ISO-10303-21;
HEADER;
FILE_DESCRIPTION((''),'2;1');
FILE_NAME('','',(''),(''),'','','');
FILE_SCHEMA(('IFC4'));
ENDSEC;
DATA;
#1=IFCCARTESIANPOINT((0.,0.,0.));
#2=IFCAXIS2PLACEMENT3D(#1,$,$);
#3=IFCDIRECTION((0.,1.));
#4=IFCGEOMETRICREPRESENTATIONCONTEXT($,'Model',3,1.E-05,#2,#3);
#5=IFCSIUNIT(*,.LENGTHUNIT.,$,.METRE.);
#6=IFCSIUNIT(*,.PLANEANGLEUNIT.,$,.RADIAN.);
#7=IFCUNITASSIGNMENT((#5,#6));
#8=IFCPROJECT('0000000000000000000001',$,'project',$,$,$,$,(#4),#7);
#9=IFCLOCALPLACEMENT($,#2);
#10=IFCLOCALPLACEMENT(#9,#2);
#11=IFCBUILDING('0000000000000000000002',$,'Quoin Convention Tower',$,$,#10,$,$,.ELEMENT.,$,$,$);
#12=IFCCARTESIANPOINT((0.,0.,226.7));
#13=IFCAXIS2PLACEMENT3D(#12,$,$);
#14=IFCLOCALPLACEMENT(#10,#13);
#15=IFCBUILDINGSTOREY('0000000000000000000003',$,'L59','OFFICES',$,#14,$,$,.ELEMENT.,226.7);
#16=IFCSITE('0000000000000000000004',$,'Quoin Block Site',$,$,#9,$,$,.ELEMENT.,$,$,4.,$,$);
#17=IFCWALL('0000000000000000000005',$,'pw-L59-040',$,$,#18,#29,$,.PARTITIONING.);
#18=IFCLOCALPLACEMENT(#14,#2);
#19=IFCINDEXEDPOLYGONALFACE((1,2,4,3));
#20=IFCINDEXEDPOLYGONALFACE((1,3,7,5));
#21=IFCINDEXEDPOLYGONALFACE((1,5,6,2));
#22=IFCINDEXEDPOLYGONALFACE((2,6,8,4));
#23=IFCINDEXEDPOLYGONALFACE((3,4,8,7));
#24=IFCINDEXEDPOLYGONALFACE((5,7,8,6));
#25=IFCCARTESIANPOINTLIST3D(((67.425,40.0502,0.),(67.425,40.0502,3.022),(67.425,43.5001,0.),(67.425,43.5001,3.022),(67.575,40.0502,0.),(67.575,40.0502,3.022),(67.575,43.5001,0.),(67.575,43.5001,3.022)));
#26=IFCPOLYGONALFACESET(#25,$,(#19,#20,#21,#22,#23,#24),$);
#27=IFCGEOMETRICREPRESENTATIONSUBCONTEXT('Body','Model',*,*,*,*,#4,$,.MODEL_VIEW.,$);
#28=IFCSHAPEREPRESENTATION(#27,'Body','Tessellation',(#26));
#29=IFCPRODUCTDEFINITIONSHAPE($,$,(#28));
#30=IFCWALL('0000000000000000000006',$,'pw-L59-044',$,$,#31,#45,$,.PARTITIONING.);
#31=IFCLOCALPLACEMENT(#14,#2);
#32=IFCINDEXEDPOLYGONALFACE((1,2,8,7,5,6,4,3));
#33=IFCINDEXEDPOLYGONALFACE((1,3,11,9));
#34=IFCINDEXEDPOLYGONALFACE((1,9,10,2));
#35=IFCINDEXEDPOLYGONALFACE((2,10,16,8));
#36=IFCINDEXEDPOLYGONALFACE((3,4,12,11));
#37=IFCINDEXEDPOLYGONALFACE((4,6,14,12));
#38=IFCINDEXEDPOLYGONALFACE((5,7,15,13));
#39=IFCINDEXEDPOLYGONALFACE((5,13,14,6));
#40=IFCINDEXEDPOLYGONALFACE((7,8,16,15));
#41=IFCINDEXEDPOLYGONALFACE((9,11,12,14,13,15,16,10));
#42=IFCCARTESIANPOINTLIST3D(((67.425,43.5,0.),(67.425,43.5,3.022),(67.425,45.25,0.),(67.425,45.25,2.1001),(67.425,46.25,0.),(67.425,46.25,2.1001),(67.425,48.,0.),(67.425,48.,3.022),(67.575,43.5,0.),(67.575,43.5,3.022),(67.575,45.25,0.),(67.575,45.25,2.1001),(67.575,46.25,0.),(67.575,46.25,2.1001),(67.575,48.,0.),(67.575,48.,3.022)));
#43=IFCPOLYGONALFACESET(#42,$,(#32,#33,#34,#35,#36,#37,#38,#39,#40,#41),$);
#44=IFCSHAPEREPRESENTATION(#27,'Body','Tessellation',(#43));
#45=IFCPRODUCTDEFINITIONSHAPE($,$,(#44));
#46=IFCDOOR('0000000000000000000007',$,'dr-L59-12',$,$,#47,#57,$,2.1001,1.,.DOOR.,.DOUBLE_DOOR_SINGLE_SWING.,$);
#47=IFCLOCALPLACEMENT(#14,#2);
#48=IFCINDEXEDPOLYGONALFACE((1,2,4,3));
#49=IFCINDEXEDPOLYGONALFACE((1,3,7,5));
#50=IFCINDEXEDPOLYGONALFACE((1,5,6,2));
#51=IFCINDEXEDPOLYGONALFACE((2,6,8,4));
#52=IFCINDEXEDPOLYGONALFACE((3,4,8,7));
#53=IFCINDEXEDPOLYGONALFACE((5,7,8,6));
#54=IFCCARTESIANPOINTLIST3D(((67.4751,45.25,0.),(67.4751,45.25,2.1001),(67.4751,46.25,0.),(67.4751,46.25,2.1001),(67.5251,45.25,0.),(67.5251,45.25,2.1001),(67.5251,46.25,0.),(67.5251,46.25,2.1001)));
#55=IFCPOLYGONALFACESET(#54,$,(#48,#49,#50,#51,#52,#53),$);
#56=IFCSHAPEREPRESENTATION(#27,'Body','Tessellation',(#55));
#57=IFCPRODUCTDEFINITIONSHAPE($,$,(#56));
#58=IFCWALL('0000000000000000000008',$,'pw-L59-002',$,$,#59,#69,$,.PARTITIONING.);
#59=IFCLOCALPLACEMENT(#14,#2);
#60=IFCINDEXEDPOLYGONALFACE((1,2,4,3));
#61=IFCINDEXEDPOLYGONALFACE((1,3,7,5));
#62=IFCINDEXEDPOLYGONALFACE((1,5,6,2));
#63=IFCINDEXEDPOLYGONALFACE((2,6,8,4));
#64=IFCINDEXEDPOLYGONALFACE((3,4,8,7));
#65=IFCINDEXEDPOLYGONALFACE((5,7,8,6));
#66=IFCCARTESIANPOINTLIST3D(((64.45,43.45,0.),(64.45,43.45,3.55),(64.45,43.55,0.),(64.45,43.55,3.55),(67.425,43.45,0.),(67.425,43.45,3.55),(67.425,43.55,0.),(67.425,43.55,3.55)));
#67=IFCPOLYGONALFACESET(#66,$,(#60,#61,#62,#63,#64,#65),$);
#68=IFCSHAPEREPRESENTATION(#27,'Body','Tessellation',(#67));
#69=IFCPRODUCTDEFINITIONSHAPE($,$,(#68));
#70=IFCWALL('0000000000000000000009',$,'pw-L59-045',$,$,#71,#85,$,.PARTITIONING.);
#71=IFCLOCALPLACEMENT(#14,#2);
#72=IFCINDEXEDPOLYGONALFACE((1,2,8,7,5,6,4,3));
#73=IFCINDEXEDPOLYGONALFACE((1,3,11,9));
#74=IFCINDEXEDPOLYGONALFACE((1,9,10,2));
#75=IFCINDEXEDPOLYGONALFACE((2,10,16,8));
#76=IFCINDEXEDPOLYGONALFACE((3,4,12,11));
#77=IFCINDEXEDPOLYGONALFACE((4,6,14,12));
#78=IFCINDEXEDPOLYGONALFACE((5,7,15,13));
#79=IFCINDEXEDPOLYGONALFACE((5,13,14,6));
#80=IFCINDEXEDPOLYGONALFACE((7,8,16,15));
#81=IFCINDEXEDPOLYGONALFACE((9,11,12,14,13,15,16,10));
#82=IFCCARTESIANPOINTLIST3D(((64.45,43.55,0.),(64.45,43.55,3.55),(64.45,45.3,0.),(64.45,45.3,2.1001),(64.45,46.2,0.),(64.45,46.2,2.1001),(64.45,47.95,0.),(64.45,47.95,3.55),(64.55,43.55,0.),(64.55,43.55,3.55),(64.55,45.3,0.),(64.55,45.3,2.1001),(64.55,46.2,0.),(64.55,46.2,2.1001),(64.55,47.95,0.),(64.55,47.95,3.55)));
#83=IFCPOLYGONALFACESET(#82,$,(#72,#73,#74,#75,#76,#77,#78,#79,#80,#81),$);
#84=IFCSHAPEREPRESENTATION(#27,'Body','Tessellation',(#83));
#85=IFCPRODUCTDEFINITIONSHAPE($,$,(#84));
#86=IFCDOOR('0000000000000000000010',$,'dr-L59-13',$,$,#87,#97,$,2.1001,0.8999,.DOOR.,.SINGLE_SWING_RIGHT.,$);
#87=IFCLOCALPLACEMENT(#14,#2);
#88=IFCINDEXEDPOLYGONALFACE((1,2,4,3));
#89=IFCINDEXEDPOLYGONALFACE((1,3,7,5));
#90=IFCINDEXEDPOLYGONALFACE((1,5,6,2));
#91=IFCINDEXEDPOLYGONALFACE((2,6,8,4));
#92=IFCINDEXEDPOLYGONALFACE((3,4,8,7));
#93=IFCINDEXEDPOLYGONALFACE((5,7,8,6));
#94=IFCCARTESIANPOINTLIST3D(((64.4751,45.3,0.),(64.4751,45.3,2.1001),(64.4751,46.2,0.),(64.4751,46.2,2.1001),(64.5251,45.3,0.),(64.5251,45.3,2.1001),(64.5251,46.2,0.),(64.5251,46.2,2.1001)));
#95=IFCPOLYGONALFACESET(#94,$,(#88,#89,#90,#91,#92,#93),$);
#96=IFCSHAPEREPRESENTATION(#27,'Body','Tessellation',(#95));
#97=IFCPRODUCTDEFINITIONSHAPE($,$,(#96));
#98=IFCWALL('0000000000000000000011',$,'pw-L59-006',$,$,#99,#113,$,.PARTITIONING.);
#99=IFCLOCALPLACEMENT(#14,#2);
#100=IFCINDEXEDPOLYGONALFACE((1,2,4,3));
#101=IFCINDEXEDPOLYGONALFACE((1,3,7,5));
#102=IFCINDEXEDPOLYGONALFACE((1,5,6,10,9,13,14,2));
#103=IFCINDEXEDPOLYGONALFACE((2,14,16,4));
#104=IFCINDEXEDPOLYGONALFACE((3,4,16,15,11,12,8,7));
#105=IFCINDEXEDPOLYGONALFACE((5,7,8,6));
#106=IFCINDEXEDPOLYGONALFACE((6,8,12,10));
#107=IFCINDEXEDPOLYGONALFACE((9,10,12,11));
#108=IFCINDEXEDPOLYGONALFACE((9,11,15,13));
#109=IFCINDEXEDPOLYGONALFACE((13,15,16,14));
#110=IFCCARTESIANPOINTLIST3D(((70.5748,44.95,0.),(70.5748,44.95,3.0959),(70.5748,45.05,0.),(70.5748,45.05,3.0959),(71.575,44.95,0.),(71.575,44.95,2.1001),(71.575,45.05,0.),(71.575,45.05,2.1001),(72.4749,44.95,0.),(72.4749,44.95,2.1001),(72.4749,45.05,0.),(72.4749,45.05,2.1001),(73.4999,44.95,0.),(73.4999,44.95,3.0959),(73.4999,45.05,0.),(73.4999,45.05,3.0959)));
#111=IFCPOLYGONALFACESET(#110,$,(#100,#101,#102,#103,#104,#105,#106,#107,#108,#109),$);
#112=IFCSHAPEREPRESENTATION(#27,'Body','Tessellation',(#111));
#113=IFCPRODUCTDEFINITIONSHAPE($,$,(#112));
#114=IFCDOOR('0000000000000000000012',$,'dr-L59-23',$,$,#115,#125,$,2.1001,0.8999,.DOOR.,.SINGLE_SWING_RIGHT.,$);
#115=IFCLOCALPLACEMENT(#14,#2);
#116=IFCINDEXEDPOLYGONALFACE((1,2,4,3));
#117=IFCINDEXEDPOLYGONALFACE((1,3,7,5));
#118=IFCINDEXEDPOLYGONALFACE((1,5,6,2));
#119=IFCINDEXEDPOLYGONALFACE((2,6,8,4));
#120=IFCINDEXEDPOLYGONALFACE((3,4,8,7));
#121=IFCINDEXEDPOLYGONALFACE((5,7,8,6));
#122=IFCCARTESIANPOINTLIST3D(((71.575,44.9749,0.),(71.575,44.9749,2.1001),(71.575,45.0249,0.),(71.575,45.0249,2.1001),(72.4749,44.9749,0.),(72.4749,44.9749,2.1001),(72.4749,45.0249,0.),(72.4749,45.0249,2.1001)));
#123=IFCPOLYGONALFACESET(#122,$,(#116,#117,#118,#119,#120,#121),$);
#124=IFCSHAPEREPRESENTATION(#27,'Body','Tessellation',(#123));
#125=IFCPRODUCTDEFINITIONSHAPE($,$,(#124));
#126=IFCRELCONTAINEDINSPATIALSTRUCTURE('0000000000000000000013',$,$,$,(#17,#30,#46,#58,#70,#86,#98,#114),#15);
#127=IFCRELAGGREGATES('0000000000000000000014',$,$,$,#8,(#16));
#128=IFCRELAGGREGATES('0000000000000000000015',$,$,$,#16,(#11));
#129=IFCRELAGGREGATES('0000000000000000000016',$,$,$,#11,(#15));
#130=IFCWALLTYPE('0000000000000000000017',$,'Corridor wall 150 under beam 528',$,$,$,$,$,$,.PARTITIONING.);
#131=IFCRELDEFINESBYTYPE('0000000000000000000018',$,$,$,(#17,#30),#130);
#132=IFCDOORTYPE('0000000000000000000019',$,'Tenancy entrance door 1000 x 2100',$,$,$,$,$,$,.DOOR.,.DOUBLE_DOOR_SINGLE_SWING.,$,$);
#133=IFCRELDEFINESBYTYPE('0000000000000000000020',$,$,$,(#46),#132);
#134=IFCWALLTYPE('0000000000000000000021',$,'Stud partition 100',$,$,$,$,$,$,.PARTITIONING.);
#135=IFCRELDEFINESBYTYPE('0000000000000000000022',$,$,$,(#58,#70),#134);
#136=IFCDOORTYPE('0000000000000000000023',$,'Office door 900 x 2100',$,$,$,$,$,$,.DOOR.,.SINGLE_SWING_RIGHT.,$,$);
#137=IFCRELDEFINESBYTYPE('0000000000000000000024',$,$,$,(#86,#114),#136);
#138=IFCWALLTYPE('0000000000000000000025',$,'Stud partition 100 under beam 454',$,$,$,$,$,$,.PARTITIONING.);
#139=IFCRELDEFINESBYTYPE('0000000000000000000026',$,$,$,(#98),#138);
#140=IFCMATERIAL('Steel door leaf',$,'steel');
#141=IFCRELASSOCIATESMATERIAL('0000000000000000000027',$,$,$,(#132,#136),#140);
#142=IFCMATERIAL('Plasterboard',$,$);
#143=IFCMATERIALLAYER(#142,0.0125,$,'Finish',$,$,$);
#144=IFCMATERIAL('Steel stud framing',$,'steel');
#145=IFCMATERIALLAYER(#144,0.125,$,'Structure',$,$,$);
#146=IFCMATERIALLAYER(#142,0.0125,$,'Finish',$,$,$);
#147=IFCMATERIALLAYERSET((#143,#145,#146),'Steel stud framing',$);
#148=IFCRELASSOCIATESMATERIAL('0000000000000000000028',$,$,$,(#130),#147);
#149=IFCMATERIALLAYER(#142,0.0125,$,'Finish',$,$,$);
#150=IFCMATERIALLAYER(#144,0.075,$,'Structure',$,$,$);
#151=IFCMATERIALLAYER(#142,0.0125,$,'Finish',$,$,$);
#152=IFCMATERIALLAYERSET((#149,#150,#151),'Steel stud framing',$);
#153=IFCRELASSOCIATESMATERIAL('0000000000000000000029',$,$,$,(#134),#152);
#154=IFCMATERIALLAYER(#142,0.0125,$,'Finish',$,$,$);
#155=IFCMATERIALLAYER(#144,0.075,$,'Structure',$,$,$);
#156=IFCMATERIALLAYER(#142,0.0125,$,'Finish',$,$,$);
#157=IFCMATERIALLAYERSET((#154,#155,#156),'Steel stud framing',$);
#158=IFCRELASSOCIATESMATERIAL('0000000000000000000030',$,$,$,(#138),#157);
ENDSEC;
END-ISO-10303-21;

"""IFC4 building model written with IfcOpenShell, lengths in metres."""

from ifc_helpers import new_model, si_unit, direction, frame, frame_2d, origin, place, context, subcontext, project, spatial, rectangle, extrude, material, layer, layer_set, type_object, element, fill, save


model = new_model("IFC4")

# Units and contexts
model_context = context("Model", 3, precision=1e-05, world=origin(), true_north=direction((0.0, 1.0)))
body_context = subcontext(model_context, "Body", "Model", "MODEL_VIEW")
ifc_project = project(units=[si_unit("LENGTHUNIT", "METRE"), si_unit("PLANEANGLEUNIT", "RADIAN")], contexts=[model_context])

# Site, building, storey
site_placement = place(None, origin())
site = spatial("IfcSite", under=ifc_project, at=site_placement, Name="Quoin Block Site", CompositionType="ELEMENT", RefElevation=4.0)
building_placement = place(site_placement, origin())
building = spatial("IfcBuilding", under=site, at=building_placement, Name="Quoin Convention Tower", CompositionType="ELEMENT")
storey_placement = place(building_placement, frame((0.0, 0.0, 226.7)))
storey = spatial("IfcBuildingStorey", under=building, at=storey_placement, Name="L59", Description="OFFICES", CompositionType="ELEMENT", Elevation=226.7)

# Shared definitions
ifc_material_1 = material(Name="Plasterboard")
ifc_material_2 = material(Name="Steel stud framing", Category="steel")

# Shared definitions
ifc_material_3 = material(Name="Steel door leaf", Category="steel")
door_type_1 = type_object("IfcDoorType", Name="Tenancy entrance door 1000 x 2100", OperationType="DOUBLE_DOOR_SINGLE_SWING", PredefinedType="DOOR", material=ifc_material_3)

# Wall
ifc_layer_1 = layer(ifc_material_1, 0.0125, Name="Finish")
ifc_layer_2 = layer(ifc_material_2, 0.125, Name="Structure")
ifc_layer_3 = layer(ifc_material_1, 0.0125, Name="Finish")
ifc_layer_set_1 = layer_set([ifc_layer_1, ifc_layer_2, ifc_layer_3], Name="Steel stud framing")
wall_type_1 = type_object("IfcWallType", Name="Corridor wall 150 under beam 528", PredefinedType="PARTITIONING", material=ifc_layer_set_1)
wall_1_placement = place(storey_placement, frame((67.5, 40.05, 0.0), z_axis=(0.0, 0.0, 1.0), x_axis=(0.0, 1.0, 0.0)))
element("IfcWall", 1, at=wall_1_placement, inside=storey, type_object=wall_type_1, Name="pw-L59-040", PredefinedType="PARTITIONING", context=body_context, shape_type="SweptSolid", body=[
    extrude(rectangle(XDim=3.45, YDim=0.1499, at=frame_2d((1.7251, 0.0))), origin(), (0.0, 0.0, 1.0), 3.022),
])

# Wall, opening, door
wall_2_placement = place(storey_placement, frame((67.5, 43.5, 0.0), z_axis=(0.0, 0.0, 1.0), x_axis=(0.0, 1.0, 0.0)))
wall_2 = element("IfcWall", 2, at=wall_2_placement, inside=storey, type_object=wall_type_1, Name="pw-L59-044", PredefinedType="PARTITIONING", context=body_context, shape_type="SweptSolid", body=[
    extrude(rectangle(XDim=4.5, YDim=0.1499, at=frame_2d((2.25, 0.0))), origin(), (0.0, 0.0, 1.0), 3.022),
])
opening_1_placement = place(wall_2_placement, frame((1.75, 0.0, 0.0)))
opening_1 = element("IfcOpeningElement", 3, at=opening_1_placement, cuts=wall_2, PredefinedType="OPENING", context=body_context, shape_type="SweptSolid", body=[
    extrude(rectangle(XDim=1.0, YDim=2.1001, at=frame_2d((0.5, 1.05))), frame((0.0, 0.085, 0.0), z_axis=(0.0, -1.0, 0.0), x_axis=(1.0, 0.0, 0.0)), (0.0, 0.0, 1.0), 0.1699),
])
door_1_placement = place(opening_1_placement, origin())
door_1 = element("IfcDoor", 4, at=door_1_placement, inside=storey, type_object=door_type_1, Name="dr-L59-12", OperationType="DOUBLE_DOOR_SINGLE_SWING", OverallHeight=2.1001, OverallWidth=1.0, PredefinedType="DOOR", context=body_context, shape_type="SweptSolid", body=[
    extrude(rectangle(XDim=1.0, YDim=2.1001, at=frame_2d((0.5, 1.05))), frame((0.0, 0.0249, 0.0), z_axis=(0.0, -1.0, 0.0), x_axis=(1.0, 0.0, 0.0)), (0.0, 0.0, 1.0), 0.05),
])
fill(opening_1, door_1)

# Wall
ifc_layer_4 = layer(ifc_material_1, 0.0125, Name="Finish")
ifc_layer_5 = layer(ifc_material_2, 0.075, Name="Structure")
ifc_layer_6 = layer(ifc_material_1, 0.0125, Name="Finish")
ifc_layer_set_2 = layer_set([ifc_layer_4, ifc_layer_5, ifc_layer_6], Name="Steel stud framing")
wall_type_2 = type_object("IfcWallType", Name="Stud partition 100", PredefinedType="PARTITIONING", material=ifc_layer_set_2)
wall_3_placement = place(storey_placement, frame((64.45, 43.5, 0.0), z_axis=(0.0, 0.0, 1.0), x_axis=(1.0, 0.0, 0.0)))
element("IfcWall", 5, at=wall_3_placement, inside=storey, type_object=wall_type_2, Name="pw-L59-002", PredefinedType="PARTITIONING", context=body_context, shape_type="SweptSolid", body=[
    extrude(rectangle(XDim=2.9751, YDim=0.1001, at=frame_2d((1.4875, 0.0))), origin(), (0.0, 0.0, 1.0), 3.55),
])

# Walls, openings, doors
wall_4_placement = place(storey_placement, frame((64.5, 43.55, 0.0), z_axis=(0.0, 0.0, 1.0), x_axis=(0.0, 1.0, 0.0)))
wall_4 = element("IfcWall", 6, at=wall_4_placement, inside=storey, type_object=wall_type_2, Name="pw-L59-045", PredefinedType="PARTITIONING", context=body_context, shape_type="SweptSolid", body=[
    extrude(rectangle(XDim=4.3999, YDim=0.1001, at=frame_2d((2.2, 0.0))), origin(), (0.0, 0.0, 1.0), 3.55),
])
opening_2_placement = place(wall_4_placement, frame((1.75, 0.0, 0.0)))
opening_2 = element("IfcOpeningElement", 7, at=opening_2_placement, cuts=wall_4, PredefinedType="OPENING", context=body_context, shape_type="SweptSolid", body=[
    extrude(rectangle(XDim=0.8999, YDim=2.1001, at=frame_2d((0.45, 1.05))), frame((0.0, 0.0601, 0.0), z_axis=(0.0, -1.0, 0.0), x_axis=(1.0, 0.0, 0.0)), (0.0, 0.0, 1.0), 0.1201),
])
door_type_2 = type_object("IfcDoorType", Name="Office door 900 x 2100", OperationType="SINGLE_SWING_RIGHT", PredefinedType="DOOR", material=ifc_material_3)
door_2_placement = place(opening_2_placement, origin())
door_2 = element("IfcDoor", 8, at=door_2_placement, inside=storey, type_object=door_type_2, Name="dr-L59-13", OperationType="SINGLE_SWING_RIGHT", OverallHeight=2.1001, OverallWidth=0.8999, PredefinedType="DOOR", context=body_context, shape_type="SweptSolid", body=[
    extrude(rectangle(XDim=0.8999, YDim=2.1001, at=frame_2d((0.45, 1.05))), frame((0.0, 0.0249, 0.0), z_axis=(0.0, -1.0, 0.0), x_axis=(1.0, 0.0, 0.0)), (0.0, 0.0, 1.0), 0.05),
])
fill(opening_2, door_2)
ifc_layer_7 = layer(ifc_material_1, 0.0125, Name="Finish")
ifc_layer_8 = layer(ifc_material_2, 0.075, Name="Structure")
ifc_layer_9 = layer(ifc_material_1, 0.0125, Name="Finish")
ifc_layer_set_3 = layer_set([ifc_layer_7, ifc_layer_8, ifc_layer_9], Name="Steel stud framing")
wall_type_3 = type_object("IfcWallType", Name="Stud partition 100 under beam 454", PredefinedType="PARTITIONING", material=ifc_layer_set_3)
wall_5_placement = place(storey_placement, frame((70.575, 45.0, 0.0), z_axis=(0.0, 0.0, 1.0), x_axis=(1.0, 0.0, 0.0)))
wall_5 = element("IfcWall", 9, at=wall_5_placement, inside=storey, type_object=wall_type_3, Name="pw-L59-006", PredefinedType="PARTITIONING", context=body_context, shape_type="SweptSolid", body=[
    extrude(rectangle(XDim=2.925, YDim=0.1001, at=frame_2d((1.4624, 0.0))), origin(), (0.0, 0.0, 1.0), 3.0959),
])
opening_3_placement = place(wall_5_placement, frame((1.0, 0.0, 0.0)))
opening_3 = element("IfcOpeningElement", 10, at=opening_3_placement, cuts=wall_5, PredefinedType="OPENING", context=body_context, shape_type="SweptSolid", body=[
    extrude(rectangle(XDim=0.8999, YDim=2.1001, at=frame_2d((0.45, 1.05))), frame((0.0, 0.0601, 0.0), z_axis=(0.0, -1.0, 0.0), x_axis=(1.0, 0.0, 0.0)), (0.0, 0.0, 1.0), 0.1201),
])
door_3_placement = place(opening_3_placement, origin())
door_3 = element("IfcDoor", 11, at=door_3_placement, inside=storey, type_object=door_type_2, Name="dr-L59-23", OperationType="SINGLE_SWING_RIGHT", OverallHeight=2.1001, OverallWidth=0.8999, PredefinedType="DOOR", context=body_context, shape_type="SweptSolid", body=[
    extrude(rectangle(XDim=0.8999, YDim=2.1001, at=frame_2d((0.45, 1.05))), frame((0.0, 0.0249, 0.0), z_axis=(0.0, -1.0, 0.0), x_axis=(1.0, 0.0, 0.0)), (0.0, 0.0, 1.0), 0.05),
])
fill(opening_3, door_3)

save(model, "model.ifc")
